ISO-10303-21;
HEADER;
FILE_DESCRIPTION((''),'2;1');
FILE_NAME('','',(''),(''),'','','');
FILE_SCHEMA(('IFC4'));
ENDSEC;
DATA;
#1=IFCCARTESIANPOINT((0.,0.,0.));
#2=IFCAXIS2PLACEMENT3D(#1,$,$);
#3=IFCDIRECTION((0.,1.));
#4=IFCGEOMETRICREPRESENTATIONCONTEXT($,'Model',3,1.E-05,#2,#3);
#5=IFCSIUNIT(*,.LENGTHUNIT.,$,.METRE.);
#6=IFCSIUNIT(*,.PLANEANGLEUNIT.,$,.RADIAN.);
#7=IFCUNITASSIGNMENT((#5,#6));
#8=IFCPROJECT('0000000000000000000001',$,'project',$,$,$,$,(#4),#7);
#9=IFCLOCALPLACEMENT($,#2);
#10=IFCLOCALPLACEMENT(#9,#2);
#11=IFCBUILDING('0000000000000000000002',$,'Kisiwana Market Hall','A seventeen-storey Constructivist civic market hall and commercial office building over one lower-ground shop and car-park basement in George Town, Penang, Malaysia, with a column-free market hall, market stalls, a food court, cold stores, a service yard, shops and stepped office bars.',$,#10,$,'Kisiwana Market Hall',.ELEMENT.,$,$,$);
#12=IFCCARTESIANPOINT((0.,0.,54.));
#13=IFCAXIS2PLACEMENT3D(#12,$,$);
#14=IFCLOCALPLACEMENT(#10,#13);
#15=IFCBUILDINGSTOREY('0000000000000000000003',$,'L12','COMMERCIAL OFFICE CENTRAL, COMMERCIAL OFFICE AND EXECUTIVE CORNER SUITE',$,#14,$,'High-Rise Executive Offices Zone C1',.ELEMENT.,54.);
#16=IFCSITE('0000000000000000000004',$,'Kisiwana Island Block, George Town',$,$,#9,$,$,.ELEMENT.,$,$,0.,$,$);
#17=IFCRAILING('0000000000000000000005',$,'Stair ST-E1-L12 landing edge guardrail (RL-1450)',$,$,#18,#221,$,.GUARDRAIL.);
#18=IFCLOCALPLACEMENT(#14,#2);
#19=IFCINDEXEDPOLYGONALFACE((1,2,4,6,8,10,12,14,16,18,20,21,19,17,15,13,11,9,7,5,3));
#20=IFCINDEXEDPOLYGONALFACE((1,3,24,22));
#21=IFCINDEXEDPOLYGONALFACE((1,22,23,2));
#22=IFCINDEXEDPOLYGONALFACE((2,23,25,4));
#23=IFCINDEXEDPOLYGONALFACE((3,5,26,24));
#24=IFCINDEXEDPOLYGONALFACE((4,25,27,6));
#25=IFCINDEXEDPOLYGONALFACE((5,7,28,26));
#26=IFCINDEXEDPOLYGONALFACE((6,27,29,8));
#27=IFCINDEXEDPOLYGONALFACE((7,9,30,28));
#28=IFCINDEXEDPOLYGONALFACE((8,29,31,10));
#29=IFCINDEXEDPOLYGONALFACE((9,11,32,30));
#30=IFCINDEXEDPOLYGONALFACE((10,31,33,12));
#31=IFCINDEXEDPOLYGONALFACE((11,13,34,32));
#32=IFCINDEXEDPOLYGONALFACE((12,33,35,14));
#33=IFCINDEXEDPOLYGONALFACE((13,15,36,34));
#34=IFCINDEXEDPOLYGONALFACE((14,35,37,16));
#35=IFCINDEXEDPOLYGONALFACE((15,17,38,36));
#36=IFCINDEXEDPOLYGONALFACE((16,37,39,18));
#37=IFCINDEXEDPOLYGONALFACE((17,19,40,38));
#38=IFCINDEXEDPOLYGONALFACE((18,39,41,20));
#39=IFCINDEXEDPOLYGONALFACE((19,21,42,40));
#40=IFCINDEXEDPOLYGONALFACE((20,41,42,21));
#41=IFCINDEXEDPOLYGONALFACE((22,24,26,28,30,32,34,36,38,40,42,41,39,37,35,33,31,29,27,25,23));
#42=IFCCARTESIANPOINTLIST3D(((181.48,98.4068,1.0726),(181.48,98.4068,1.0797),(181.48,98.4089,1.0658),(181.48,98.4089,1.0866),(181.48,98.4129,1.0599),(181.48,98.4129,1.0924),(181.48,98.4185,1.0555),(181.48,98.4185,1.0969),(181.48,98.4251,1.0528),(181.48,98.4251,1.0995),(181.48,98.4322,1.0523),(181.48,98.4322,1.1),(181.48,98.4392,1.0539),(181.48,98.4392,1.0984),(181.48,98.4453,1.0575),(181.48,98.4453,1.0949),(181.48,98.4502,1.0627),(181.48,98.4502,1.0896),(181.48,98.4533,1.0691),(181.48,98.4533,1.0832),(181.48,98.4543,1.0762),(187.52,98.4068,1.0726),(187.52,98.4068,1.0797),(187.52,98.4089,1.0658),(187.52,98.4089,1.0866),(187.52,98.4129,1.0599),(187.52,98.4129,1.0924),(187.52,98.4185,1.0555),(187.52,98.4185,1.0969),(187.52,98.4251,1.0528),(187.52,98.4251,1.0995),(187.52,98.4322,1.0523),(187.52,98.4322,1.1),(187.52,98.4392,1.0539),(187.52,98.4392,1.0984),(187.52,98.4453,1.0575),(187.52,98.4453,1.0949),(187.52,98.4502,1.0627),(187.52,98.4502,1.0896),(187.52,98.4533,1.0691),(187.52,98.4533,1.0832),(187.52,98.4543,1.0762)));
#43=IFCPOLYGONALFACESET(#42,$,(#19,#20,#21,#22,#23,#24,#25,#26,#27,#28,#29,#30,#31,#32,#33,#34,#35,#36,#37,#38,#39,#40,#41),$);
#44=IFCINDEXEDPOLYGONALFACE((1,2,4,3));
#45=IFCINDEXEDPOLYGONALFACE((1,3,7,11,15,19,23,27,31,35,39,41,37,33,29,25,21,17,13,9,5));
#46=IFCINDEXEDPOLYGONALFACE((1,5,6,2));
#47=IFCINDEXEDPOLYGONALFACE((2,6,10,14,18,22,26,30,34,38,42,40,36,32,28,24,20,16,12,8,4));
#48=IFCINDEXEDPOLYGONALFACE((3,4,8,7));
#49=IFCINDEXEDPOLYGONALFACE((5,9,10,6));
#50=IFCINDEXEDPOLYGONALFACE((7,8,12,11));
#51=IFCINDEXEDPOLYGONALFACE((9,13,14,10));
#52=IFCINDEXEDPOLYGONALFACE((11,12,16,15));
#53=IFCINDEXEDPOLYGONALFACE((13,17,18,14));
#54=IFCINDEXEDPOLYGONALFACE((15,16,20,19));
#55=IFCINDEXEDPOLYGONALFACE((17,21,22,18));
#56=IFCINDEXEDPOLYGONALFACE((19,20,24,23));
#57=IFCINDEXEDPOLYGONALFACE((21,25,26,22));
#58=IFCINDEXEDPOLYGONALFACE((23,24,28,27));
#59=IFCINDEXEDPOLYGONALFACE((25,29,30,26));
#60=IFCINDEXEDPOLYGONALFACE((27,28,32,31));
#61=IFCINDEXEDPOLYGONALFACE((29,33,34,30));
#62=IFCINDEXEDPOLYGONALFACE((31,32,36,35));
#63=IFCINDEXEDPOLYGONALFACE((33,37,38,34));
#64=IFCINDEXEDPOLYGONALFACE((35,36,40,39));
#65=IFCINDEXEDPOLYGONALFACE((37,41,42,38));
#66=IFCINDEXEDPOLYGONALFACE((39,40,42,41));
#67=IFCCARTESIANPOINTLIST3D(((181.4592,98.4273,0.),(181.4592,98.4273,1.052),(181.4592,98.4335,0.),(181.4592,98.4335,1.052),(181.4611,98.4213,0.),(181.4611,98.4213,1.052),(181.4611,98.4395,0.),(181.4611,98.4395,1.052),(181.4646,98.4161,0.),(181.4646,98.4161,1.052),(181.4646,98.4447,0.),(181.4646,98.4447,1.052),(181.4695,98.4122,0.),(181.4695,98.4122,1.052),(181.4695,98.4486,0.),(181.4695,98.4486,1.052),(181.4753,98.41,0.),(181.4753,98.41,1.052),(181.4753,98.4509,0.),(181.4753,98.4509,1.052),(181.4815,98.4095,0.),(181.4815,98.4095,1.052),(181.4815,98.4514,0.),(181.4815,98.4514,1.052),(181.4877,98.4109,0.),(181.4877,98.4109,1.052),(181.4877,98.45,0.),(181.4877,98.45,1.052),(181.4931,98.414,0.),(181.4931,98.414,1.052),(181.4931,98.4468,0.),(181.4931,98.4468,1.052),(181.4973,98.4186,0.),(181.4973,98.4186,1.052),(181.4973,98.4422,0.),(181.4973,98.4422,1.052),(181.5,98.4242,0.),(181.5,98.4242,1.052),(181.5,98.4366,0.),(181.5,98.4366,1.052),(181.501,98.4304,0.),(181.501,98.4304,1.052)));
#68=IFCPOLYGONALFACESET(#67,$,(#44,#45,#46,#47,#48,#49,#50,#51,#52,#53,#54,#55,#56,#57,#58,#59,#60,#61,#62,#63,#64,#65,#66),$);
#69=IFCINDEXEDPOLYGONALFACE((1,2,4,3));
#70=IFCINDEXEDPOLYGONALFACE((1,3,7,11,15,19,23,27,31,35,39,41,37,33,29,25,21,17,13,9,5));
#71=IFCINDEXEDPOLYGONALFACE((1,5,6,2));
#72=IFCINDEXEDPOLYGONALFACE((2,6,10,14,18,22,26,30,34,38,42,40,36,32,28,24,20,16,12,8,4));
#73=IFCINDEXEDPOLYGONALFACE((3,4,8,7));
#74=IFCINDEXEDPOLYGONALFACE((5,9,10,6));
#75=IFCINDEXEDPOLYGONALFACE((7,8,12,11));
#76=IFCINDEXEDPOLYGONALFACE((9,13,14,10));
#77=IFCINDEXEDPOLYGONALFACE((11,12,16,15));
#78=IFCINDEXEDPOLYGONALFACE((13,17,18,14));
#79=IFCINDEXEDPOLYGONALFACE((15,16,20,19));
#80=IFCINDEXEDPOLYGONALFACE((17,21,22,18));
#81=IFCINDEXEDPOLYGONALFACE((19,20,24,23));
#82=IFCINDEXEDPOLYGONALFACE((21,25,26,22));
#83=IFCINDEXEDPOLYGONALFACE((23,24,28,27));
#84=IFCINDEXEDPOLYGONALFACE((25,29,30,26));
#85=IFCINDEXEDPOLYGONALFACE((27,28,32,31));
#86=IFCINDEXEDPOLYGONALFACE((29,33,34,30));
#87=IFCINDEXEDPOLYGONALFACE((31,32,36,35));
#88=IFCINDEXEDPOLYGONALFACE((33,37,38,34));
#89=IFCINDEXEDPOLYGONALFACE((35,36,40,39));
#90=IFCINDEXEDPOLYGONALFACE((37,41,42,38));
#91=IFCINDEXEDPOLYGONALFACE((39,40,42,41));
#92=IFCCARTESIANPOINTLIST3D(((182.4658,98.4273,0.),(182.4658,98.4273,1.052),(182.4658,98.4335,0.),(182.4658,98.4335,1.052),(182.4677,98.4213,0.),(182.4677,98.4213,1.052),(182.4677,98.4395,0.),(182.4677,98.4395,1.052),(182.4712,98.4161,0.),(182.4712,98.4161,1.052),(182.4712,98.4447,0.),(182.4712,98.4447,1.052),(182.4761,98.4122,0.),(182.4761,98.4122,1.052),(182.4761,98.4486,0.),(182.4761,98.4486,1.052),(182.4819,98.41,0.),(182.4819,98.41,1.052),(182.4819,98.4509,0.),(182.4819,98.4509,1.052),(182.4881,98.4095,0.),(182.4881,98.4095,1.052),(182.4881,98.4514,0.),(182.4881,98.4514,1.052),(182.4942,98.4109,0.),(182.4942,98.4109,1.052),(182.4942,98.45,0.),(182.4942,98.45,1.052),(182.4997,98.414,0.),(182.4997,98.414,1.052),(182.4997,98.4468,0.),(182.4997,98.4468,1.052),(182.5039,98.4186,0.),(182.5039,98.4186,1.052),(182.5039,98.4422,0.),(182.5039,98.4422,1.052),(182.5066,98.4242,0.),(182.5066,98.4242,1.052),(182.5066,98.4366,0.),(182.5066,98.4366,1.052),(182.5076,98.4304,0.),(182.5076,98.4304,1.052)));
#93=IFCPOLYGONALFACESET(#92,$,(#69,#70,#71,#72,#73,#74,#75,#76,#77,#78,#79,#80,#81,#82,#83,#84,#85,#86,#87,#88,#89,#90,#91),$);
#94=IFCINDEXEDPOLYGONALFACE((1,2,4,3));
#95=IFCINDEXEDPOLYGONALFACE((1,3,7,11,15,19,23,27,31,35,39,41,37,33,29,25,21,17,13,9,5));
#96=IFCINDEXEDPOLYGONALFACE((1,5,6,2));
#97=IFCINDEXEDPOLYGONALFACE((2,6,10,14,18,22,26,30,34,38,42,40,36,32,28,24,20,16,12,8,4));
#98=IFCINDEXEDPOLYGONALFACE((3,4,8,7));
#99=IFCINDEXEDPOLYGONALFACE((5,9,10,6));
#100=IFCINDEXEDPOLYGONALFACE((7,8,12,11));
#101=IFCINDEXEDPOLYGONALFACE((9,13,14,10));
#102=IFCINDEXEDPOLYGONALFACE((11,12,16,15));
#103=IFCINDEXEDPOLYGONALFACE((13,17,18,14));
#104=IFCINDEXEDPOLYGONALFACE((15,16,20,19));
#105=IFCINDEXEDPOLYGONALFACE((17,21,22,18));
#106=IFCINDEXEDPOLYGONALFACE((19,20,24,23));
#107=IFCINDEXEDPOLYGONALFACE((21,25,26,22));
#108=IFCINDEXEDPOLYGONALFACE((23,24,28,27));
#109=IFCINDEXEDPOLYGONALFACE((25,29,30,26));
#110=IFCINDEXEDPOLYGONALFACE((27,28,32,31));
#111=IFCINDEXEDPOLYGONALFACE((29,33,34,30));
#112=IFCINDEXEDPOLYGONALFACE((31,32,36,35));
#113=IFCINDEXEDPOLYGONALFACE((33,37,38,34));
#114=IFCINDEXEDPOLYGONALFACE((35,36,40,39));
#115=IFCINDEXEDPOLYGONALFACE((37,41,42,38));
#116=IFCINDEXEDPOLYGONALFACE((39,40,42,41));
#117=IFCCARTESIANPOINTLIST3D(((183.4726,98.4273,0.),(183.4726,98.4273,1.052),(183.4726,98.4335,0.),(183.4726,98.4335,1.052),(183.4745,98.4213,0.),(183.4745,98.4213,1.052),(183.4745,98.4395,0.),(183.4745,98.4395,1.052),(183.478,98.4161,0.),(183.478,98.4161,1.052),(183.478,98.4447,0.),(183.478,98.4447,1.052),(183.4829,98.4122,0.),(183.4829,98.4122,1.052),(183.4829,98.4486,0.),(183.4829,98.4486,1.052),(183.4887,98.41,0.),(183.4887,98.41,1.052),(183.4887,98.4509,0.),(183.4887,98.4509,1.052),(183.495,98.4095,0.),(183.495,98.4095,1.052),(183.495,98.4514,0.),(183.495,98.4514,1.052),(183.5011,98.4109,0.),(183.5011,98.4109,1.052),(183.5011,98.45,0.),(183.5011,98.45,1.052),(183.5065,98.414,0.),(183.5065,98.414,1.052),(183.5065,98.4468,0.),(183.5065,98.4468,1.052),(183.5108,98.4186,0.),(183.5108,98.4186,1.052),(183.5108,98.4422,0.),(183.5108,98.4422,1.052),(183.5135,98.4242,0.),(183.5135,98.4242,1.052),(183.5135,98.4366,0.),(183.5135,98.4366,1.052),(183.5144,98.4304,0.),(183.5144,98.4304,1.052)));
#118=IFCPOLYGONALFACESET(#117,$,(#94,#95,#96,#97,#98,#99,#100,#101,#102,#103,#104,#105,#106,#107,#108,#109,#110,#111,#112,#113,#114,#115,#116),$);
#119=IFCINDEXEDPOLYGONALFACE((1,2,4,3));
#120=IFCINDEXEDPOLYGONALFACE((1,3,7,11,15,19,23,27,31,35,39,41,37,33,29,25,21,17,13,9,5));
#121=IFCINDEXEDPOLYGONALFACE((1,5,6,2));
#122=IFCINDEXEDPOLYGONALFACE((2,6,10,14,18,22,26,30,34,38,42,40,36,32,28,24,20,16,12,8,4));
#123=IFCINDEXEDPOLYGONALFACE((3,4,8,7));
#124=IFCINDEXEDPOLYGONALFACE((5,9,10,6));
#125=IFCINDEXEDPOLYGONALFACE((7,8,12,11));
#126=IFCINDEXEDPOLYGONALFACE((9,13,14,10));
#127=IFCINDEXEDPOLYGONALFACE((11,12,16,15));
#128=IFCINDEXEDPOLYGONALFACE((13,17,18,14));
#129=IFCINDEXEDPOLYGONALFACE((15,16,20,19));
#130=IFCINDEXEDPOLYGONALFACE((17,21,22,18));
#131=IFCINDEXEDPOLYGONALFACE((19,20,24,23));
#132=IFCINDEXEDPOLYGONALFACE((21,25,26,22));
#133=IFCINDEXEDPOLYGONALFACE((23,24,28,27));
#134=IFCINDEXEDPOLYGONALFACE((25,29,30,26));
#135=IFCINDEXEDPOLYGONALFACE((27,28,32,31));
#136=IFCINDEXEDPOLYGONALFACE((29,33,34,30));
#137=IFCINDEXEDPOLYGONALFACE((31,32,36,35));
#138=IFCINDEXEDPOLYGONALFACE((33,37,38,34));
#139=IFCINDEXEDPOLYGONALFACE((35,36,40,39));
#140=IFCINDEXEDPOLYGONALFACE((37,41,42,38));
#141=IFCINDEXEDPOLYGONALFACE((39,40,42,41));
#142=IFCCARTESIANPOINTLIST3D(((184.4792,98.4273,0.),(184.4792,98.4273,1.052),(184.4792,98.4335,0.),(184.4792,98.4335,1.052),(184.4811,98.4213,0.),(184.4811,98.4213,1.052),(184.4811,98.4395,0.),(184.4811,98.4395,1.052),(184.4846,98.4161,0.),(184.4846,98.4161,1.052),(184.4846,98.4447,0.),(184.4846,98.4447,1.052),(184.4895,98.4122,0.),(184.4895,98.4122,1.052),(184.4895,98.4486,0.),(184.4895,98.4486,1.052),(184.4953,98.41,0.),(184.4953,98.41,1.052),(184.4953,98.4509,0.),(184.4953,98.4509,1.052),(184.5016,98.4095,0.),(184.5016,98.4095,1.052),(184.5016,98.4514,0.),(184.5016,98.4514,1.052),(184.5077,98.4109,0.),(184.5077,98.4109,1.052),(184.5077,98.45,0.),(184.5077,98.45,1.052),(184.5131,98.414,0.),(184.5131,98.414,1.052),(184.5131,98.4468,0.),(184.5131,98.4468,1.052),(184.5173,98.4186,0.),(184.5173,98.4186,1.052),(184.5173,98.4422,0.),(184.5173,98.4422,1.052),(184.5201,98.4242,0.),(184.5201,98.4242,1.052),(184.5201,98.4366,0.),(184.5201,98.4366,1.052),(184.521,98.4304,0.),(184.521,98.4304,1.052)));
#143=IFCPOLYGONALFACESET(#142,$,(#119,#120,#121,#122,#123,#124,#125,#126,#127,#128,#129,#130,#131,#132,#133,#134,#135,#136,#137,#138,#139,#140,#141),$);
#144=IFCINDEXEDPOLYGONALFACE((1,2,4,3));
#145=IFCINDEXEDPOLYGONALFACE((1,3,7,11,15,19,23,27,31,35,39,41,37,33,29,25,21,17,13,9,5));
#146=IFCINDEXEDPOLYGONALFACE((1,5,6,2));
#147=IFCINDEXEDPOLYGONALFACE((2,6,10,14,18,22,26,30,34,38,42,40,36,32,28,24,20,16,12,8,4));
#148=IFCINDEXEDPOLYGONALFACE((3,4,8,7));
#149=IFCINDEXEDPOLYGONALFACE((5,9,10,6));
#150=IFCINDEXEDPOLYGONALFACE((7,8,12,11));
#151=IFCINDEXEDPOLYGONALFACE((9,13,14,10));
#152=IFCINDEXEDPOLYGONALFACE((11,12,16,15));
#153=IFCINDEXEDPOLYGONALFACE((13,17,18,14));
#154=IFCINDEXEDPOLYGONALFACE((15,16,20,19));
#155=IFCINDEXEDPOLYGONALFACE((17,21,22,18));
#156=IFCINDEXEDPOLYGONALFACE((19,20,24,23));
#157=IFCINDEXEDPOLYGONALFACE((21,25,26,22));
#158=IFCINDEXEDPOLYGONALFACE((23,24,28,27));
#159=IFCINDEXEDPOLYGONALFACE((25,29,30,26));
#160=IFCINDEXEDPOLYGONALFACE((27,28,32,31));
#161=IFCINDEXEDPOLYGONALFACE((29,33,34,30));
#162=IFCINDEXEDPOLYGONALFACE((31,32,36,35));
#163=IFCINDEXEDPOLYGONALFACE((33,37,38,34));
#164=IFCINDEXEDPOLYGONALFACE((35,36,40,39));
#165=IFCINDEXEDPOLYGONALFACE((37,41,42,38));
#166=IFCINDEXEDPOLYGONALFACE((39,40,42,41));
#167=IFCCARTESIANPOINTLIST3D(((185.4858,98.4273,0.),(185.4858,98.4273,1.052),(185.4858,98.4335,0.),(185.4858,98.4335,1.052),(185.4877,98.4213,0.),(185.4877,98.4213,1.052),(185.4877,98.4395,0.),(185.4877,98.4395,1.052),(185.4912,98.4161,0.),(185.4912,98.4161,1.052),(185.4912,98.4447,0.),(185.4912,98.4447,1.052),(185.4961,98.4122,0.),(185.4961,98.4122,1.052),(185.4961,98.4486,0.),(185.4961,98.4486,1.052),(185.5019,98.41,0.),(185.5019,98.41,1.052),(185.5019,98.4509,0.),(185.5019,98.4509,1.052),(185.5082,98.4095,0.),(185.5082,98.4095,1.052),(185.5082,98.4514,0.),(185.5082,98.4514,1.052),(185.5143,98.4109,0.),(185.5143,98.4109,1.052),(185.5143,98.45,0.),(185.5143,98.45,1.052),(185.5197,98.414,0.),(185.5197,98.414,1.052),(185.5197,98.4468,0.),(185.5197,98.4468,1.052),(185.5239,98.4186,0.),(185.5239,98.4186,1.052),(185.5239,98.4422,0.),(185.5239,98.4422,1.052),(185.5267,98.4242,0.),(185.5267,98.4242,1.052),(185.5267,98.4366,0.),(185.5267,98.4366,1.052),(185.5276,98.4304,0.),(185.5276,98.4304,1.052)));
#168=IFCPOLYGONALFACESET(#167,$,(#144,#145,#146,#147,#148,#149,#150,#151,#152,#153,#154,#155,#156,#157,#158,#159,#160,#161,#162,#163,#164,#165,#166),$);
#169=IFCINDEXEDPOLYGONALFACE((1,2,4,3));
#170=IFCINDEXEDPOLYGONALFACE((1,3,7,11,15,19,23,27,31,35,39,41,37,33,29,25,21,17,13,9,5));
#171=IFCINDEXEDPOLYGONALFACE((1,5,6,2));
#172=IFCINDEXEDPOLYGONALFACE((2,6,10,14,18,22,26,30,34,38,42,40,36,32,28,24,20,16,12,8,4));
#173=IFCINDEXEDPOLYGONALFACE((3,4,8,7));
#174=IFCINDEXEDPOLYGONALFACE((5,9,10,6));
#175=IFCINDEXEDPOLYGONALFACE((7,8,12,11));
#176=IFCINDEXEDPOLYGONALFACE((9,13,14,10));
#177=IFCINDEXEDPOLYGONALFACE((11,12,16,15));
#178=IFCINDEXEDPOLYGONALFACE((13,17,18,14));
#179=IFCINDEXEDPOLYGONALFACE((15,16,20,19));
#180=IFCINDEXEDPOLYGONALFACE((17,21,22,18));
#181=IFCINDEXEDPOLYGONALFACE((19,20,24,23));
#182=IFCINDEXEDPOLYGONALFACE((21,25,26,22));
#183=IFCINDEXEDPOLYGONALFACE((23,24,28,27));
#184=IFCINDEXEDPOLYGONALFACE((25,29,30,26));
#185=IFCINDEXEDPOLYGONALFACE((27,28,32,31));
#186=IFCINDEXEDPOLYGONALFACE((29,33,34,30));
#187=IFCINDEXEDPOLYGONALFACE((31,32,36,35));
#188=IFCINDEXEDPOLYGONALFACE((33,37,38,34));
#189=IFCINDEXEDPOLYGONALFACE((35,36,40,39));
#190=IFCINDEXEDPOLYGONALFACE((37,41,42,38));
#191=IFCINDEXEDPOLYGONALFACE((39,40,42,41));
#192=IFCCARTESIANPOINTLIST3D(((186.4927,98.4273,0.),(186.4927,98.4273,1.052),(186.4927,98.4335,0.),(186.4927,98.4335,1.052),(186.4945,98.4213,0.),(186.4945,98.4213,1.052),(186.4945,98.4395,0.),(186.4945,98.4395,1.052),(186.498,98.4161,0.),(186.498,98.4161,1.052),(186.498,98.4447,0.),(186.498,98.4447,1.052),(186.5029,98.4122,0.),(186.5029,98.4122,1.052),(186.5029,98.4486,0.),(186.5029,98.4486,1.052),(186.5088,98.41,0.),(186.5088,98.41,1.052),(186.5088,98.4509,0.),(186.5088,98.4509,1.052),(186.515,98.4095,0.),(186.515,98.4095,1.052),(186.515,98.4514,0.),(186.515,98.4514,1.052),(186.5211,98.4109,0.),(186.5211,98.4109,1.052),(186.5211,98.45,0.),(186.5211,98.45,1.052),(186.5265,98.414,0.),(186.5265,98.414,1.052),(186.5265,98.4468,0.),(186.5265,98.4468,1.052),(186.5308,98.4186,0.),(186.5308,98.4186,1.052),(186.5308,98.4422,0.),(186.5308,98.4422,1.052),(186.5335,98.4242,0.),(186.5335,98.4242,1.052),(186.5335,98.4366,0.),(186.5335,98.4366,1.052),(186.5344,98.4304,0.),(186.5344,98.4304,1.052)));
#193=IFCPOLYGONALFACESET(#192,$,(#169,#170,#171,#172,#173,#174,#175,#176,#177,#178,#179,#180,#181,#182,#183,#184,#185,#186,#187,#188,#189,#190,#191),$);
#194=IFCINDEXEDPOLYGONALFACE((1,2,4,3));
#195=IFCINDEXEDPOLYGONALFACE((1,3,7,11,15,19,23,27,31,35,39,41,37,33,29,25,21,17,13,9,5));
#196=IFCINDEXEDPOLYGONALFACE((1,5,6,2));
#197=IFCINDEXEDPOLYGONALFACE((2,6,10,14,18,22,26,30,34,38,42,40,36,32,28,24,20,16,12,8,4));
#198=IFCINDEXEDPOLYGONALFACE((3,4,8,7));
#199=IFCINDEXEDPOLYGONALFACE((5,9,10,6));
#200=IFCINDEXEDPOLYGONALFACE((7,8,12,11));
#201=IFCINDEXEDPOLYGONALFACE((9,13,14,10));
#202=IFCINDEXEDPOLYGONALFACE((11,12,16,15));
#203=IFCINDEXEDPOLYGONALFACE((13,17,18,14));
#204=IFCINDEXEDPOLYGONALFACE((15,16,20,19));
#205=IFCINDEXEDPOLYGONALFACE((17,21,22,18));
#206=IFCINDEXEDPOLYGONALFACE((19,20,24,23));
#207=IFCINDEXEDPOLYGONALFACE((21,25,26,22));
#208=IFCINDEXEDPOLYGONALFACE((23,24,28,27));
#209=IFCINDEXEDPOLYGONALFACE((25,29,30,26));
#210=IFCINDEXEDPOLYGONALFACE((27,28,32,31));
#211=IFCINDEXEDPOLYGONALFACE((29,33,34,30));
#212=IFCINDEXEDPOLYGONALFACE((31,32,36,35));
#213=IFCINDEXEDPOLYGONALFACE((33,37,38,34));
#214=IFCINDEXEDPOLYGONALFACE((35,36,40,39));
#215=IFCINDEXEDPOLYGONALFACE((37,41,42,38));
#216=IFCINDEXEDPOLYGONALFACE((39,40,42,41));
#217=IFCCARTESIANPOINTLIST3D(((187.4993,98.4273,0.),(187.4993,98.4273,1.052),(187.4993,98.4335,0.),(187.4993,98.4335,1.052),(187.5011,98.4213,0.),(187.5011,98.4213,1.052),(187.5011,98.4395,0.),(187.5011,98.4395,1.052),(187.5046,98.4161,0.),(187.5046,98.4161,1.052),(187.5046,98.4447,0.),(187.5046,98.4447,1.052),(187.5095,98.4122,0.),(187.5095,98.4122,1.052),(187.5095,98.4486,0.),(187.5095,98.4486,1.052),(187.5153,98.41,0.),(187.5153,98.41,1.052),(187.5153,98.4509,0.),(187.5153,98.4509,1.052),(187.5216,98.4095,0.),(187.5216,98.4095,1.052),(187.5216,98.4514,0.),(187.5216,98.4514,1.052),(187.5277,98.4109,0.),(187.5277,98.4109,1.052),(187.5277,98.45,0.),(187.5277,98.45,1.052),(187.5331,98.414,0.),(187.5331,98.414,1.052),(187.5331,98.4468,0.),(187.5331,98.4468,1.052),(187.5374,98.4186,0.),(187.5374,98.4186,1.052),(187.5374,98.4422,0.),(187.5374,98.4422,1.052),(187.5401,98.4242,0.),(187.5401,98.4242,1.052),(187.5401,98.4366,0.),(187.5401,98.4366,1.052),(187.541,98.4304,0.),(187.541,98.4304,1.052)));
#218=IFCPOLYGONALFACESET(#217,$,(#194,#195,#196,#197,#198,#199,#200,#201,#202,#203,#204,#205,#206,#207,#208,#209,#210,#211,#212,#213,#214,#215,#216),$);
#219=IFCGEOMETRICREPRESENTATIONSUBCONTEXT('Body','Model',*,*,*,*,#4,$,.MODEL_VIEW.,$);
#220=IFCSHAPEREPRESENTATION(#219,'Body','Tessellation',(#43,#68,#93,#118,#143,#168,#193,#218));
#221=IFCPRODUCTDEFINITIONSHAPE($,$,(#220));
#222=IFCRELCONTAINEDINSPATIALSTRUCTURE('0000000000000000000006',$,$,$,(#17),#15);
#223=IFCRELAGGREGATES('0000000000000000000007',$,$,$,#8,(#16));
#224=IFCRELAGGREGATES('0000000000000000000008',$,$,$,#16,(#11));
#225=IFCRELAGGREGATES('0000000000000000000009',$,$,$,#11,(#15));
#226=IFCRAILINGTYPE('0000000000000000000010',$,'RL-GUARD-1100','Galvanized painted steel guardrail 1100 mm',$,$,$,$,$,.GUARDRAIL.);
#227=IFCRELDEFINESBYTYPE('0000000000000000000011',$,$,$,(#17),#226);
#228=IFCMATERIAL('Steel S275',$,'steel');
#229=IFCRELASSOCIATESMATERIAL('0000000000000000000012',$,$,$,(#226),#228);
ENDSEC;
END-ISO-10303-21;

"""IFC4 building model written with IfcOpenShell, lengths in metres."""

from ifc_helpers import new_model, si_unit, direction, frame, origin, origin_2d, place, context, subcontext, project, spatial, circle, extrude, material, type_object, element, save


model = new_model("IFC4")

# Units and contexts
model_context = context("Model", 3, precision=1e-05, world=origin(), true_north=direction((0.0, 1.0)))
body_context = subcontext(model_context, "Body", "Model", "MODEL_VIEW")
ifc_project = project(units=[si_unit("LENGTHUNIT", "METRE"), si_unit("PLANEANGLEUNIT", "RADIAN")], contexts=[model_context])

# Site, building, storey
site_placement = place(None, origin())
site = spatial("IfcSite", under=ifc_project, at=site_placement, Name="Kisiwana Island Block, George Town", CompositionType="ELEMENT", RefElevation=0.0)
building_placement = place(site_placement, origin())
building = spatial("IfcBuilding", under=site, at=building_placement, Name="Kisiwana Market Hall", Description="A seventeen-storey Constructivist civic market hall and commercial office building over one lower-ground shop and car-park basement in George Town, Penang, Malaysia, with a column-free market hall, market stalls, a food court, cold stores, a service yard, shops and stepped office bars.", LongName="Kisiwana Market Hall", CompositionType="ELEMENT")
storey_placement = place(building_placement, frame((0.0, 0.0, 54.0)))
storey = spatial("IfcBuildingStorey", under=building, at=storey_placement, Name="L12", Description="COMMERCIAL OFFICE CENTRAL, COMMERCIAL OFFICE AND EXECUTIVE CORNER SUITE", LongName="High-Rise Executive Offices Zone C1", CompositionType="ELEMENT", Elevation=54.0)

# Railing
ifc_material_1 = material(Name="Steel S275", Category="steel")
railing_type_1 = type_object("IfcRailingType", Name="RL-GUARD-1100", Description="Galvanized painted steel guardrail 1100 mm", PredefinedType="GUARDRAIL", material=ifc_material_1)
railing_1_placement = place(storey_placement, frame((181.48, 98.4304, 0.0)))
element("IfcRailing", 1, at=railing_1_placement, inside=storey, type_object=railing_type_1, Name="Stair ST-E1-L12 landing edge guardrail (RL-1450)", PredefinedType="GUARDRAIL", context=body_context, shape_type="SweptSolid", body=[
    extrude(circle(Radius=0.0239, at=origin_2d()), frame((0.0, 0.0, 1.0762), z_axis=(1.0, 0.0, 0.0), x_axis=(0.0, 1.0, 0.0)), (0.0, 0.0, 1.0), 6.04),
    extrude(circle(Radius=0.021, at=origin_2d()), origin(), (0.0, 0.0, 1.0), 1.052),
    extrude(circle(Radius=0.021, at=origin_2d()), frame((1.0066, 0.0, 0.0)), (0.0, 0.0, 1.0), 1.052),
    extrude(circle(Radius=0.021, at=origin_2d()), frame((2.0134, 0.0, 0.0)), (0.0, 0.0, 1.0), 1.052),
    extrude(circle(Radius=0.021, at=origin_2d()), frame((3.02, 0.0, 0.0)), (0.0, 0.0, 1.0), 1.052),
    extrude(circle(Radius=0.021, at=origin_2d()), frame((4.0266, 0.0, 0.0)), (0.0, 0.0, 1.0), 1.052),
    extrude(circle(Radius=0.021, at=origin_2d()), frame((5.0334, 0.0, 0.0)), (0.0, 0.0, 1.0), 1.052),
    extrude(circle(Radius=0.021, at=origin_2d()), frame((6.04, 0.0, 0.0)), (0.0, 0.0, 1.0), 1.052),
])

save(model, "model.ifc")
